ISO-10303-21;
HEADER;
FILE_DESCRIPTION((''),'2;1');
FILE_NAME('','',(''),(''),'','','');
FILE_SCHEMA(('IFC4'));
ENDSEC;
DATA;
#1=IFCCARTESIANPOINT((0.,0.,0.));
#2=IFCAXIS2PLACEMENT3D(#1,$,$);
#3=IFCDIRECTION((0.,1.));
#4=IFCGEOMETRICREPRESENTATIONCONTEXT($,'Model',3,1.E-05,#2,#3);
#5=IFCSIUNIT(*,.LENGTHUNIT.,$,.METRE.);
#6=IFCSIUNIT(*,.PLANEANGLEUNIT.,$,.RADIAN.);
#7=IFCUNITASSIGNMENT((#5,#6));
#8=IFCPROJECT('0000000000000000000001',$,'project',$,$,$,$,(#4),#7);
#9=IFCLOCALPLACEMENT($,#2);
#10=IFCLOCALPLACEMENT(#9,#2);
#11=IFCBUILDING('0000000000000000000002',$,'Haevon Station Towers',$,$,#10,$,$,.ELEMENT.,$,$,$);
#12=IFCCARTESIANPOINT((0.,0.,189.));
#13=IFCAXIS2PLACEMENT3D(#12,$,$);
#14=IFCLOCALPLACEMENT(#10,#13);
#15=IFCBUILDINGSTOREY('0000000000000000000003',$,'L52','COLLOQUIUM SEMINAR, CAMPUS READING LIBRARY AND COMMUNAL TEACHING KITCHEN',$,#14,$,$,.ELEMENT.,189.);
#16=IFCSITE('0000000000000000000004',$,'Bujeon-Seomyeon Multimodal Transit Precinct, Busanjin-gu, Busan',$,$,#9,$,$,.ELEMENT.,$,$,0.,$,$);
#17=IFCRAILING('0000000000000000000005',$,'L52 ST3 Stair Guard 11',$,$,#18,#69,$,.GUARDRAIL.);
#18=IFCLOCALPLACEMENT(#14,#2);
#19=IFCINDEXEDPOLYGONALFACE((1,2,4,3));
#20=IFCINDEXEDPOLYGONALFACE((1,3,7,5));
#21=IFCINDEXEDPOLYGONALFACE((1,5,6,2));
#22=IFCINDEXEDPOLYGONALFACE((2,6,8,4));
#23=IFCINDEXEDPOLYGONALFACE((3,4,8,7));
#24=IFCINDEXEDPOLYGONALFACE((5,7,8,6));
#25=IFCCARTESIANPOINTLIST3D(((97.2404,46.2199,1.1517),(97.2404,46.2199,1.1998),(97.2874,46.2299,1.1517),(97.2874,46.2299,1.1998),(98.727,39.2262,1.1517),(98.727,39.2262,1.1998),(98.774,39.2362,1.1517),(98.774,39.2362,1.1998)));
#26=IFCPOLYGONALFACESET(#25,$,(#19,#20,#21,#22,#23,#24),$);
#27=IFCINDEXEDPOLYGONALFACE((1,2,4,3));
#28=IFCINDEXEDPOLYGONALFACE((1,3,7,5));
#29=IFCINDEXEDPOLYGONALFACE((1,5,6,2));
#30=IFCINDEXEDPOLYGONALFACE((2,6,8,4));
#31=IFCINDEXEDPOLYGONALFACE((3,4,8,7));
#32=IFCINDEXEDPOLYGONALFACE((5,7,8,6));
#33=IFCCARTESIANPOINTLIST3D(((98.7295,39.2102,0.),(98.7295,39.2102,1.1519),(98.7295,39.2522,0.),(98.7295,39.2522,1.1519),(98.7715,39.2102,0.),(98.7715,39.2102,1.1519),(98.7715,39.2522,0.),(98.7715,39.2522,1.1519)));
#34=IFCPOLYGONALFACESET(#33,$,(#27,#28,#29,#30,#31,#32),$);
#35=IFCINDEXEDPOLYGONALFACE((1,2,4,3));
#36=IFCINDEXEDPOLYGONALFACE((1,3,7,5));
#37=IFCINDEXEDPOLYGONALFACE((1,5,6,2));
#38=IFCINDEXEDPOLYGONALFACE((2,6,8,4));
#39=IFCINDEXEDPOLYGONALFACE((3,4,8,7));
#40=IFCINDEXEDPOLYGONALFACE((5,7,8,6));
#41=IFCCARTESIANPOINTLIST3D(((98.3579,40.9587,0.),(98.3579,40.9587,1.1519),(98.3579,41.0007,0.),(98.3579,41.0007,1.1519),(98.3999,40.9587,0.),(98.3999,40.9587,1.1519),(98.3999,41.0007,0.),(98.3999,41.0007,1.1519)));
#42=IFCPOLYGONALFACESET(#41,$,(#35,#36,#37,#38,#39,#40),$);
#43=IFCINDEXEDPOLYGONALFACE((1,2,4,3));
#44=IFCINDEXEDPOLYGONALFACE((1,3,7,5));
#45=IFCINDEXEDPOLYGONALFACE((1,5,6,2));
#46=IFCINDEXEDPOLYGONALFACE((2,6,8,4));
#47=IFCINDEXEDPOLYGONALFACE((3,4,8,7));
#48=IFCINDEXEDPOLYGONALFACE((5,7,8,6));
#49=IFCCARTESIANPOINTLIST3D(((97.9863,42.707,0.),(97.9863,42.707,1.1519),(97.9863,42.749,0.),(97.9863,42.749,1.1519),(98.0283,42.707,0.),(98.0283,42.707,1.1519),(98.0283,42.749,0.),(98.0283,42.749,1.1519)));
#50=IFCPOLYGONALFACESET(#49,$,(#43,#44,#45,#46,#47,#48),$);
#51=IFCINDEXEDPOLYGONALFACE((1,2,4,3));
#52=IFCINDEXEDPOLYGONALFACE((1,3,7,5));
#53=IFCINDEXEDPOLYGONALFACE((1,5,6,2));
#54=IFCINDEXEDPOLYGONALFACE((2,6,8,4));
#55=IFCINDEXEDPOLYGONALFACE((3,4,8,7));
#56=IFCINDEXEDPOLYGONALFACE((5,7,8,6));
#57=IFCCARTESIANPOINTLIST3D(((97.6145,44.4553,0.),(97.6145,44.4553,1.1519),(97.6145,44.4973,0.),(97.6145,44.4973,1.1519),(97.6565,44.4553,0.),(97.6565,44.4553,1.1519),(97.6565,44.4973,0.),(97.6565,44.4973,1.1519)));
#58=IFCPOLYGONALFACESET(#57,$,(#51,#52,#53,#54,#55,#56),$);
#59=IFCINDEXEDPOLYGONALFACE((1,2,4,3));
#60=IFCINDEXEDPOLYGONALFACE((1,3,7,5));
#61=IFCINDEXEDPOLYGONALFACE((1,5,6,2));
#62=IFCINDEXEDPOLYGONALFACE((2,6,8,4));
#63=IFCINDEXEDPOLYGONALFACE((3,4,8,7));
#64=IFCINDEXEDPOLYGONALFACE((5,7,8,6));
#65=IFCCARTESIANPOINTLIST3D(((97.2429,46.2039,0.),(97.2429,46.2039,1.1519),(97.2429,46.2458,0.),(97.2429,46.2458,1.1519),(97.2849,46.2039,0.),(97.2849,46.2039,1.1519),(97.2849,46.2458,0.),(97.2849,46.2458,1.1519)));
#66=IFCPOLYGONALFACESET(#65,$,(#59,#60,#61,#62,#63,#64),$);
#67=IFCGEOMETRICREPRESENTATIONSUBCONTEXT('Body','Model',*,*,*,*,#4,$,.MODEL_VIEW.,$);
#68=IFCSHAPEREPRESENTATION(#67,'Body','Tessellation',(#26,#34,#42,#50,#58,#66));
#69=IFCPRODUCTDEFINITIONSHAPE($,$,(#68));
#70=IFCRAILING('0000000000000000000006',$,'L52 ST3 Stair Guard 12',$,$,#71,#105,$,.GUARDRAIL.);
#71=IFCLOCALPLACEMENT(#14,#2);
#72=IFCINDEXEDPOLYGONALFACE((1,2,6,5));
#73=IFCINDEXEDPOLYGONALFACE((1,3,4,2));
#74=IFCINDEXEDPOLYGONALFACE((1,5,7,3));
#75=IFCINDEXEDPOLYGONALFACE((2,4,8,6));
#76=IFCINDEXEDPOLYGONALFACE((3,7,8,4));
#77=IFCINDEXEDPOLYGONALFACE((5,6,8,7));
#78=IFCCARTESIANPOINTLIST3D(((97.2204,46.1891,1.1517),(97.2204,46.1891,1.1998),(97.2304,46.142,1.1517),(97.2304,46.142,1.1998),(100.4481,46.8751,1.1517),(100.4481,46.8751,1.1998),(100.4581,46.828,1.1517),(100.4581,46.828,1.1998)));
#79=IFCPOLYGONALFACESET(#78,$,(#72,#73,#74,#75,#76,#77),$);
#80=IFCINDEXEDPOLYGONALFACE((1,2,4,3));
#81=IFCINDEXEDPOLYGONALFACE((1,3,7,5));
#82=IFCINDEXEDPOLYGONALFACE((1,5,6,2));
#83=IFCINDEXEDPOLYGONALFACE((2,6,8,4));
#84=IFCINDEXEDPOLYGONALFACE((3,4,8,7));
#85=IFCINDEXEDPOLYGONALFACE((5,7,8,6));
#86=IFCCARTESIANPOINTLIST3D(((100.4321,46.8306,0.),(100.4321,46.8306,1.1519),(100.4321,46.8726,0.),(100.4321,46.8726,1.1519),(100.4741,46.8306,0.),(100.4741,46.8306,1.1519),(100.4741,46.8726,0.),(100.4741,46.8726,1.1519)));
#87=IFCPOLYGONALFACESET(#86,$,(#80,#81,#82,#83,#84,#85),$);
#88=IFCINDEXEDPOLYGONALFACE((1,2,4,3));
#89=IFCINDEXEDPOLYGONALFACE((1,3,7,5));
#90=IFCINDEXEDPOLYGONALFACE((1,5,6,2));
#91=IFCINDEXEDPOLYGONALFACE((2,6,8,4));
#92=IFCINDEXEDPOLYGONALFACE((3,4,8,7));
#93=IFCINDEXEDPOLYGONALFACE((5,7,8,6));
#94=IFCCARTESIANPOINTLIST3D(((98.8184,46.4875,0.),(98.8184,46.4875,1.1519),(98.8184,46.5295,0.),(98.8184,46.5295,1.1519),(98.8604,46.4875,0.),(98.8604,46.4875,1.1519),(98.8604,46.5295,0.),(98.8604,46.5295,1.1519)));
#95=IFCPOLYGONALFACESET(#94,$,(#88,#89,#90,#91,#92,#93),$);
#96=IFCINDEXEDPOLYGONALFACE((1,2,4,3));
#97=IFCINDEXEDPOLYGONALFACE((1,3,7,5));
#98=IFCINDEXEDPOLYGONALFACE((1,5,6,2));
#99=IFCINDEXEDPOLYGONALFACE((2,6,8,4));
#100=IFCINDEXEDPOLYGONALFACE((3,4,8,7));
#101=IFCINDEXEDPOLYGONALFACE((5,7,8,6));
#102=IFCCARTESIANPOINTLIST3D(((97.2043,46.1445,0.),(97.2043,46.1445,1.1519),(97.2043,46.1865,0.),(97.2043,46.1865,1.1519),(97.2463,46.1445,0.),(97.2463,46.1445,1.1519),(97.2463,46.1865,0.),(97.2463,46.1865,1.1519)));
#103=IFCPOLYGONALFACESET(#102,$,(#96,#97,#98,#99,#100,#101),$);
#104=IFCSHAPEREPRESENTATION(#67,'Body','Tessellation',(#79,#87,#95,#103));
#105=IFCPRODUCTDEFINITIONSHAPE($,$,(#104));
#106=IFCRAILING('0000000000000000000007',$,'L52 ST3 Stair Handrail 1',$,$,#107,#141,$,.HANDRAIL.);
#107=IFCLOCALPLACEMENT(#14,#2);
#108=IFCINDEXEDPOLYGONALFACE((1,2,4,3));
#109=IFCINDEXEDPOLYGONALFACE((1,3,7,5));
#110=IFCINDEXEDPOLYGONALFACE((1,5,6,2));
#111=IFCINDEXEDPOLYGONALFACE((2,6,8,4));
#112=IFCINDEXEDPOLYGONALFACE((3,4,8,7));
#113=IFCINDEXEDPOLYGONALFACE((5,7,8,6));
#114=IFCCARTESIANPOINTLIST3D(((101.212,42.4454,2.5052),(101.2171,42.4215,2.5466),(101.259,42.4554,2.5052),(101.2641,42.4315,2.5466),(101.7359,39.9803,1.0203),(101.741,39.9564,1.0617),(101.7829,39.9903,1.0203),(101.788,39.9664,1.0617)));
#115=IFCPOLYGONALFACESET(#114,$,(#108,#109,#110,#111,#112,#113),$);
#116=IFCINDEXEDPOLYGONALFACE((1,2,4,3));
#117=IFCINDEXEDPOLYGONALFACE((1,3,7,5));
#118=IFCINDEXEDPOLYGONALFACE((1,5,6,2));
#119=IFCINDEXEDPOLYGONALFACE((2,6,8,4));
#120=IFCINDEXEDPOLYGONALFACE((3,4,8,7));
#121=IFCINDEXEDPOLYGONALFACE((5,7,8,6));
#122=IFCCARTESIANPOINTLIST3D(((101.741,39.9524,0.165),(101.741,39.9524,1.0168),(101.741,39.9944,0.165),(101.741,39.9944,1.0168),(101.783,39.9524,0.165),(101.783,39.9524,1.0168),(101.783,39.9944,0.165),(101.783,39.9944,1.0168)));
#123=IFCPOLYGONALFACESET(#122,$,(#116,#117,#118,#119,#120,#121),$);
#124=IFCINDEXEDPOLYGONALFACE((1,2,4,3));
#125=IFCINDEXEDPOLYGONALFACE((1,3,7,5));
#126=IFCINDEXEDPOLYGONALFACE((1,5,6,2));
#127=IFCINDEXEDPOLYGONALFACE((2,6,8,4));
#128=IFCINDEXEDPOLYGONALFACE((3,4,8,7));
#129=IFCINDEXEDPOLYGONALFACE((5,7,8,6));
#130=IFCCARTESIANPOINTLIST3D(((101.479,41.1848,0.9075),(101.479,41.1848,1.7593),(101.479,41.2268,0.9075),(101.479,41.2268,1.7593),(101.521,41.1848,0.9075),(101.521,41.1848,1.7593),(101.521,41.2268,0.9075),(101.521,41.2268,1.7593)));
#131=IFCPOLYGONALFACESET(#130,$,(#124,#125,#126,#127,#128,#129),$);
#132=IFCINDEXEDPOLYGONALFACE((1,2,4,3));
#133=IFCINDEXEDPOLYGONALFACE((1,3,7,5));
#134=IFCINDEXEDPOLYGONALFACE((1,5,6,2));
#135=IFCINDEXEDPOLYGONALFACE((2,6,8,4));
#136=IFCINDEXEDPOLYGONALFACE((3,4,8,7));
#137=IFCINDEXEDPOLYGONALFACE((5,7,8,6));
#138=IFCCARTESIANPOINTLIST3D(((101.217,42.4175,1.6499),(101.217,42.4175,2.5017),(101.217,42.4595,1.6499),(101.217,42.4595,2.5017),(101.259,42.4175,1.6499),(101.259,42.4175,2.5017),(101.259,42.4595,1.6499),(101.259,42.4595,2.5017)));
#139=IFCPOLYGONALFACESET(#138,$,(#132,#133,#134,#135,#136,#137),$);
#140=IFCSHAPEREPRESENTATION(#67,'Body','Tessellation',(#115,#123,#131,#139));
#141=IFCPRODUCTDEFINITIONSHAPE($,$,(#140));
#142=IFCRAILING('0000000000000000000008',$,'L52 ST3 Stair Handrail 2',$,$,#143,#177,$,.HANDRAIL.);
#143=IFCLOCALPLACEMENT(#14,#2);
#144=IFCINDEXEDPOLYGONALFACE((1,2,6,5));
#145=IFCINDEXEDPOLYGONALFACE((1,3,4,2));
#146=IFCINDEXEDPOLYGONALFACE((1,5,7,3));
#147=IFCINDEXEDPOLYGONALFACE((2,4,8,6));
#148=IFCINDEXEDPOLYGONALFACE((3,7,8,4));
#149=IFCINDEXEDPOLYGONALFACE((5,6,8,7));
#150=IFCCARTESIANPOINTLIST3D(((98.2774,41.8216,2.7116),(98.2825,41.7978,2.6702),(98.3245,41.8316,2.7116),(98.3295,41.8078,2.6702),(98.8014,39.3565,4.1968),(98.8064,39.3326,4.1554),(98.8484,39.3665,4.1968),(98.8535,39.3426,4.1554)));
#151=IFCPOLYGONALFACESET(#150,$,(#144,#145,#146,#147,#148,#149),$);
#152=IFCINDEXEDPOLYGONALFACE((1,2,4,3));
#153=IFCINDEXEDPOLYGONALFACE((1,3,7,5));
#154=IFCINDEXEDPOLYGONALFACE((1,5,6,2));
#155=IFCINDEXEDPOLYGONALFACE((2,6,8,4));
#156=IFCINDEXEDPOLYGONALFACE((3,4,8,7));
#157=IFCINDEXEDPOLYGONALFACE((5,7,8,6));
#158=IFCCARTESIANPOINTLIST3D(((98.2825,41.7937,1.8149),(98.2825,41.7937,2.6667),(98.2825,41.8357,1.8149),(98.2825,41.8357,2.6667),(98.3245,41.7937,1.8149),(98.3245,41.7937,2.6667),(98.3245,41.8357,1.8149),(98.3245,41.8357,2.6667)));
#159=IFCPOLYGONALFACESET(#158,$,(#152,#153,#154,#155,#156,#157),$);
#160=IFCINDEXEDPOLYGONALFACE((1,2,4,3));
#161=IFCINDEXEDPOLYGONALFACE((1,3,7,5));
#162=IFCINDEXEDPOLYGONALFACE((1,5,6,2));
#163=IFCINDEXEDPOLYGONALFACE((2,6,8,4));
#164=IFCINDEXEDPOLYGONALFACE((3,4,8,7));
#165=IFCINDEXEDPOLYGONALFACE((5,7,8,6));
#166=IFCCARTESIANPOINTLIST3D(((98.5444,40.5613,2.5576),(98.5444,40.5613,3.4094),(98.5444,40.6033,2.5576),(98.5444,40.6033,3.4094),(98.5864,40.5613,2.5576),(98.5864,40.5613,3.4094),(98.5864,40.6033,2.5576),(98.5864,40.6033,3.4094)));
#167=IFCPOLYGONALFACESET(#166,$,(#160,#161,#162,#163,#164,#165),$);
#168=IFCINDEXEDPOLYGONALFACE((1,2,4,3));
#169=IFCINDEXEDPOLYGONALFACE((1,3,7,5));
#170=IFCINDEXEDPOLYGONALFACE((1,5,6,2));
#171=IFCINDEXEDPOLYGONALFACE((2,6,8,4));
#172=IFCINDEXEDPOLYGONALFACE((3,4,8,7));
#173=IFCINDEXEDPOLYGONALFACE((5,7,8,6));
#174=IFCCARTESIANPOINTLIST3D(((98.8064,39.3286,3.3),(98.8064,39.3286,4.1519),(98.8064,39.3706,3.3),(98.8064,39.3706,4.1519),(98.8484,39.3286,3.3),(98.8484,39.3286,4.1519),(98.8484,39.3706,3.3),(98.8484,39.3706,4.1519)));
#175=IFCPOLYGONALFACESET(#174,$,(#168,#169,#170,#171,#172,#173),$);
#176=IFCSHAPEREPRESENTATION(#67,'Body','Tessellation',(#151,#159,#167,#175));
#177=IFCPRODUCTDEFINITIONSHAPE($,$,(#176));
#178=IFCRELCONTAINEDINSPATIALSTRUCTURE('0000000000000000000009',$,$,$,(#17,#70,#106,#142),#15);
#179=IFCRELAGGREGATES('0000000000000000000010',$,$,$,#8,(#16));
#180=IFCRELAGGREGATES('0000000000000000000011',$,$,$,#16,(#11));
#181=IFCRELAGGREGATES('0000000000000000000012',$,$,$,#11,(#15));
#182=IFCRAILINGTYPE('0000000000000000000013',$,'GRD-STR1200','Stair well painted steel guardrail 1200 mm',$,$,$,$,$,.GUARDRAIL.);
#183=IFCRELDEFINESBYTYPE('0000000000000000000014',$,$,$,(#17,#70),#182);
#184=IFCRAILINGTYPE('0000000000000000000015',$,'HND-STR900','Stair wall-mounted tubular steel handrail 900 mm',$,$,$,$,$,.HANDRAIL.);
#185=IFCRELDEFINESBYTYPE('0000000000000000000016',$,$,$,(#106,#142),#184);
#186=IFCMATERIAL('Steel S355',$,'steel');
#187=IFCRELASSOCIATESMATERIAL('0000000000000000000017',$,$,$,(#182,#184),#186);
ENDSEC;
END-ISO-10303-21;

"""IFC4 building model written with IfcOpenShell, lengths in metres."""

from ifc_helpers import new_model, si_unit, direction, frame, origin, origin_2d, place, context, subcontext, project, spatial, rectangle, extrude, material, type_object, element, save


model = new_model("IFC4")

# Units and contexts
model_context = context("Model", 3, precision=1e-05, world=origin(), true_north=direction((0.0, 1.0)))
body_context = subcontext(model_context, "Body", "Model", "MODEL_VIEW")
ifc_project = project(units=[si_unit("LENGTHUNIT", "METRE"), si_unit("PLANEANGLEUNIT", "RADIAN")], contexts=[model_context])

# Site, building, storey
site_placement = place(None, origin())
site = spatial("IfcSite", under=ifc_project, at=site_placement, Name="Bujeon-Seomyeon Multimodal Transit Precinct, Busanjin-gu, Busan", CompositionType="ELEMENT", RefElevation=0.0)
building_placement = place(site_placement, origin())
building = spatial("IfcBuilding", under=site, at=building_placement, Name="Haevon Station Towers", CompositionType="ELEMENT")
storey_placement = place(building_placement, frame((0.0, 0.0, 189.0)))
storey = spatial("IfcBuildingStorey", under=building, at=storey_placement, Name="L52", Description="COLLOQUIUM SEMINAR, CAMPUS READING LIBRARY AND COMMUNAL TEACHING KITCHEN", CompositionType="ELEMENT", Elevation=189.0)

# Shared definitions
ifc_material_1 = material(Name="Steel S355", Category="steel")

# Railings
railing_type_1 = type_object("IfcRailingType", Name="GRD-STR1200", Description="Stair well painted steel guardrail 1200 mm", PredefinedType="GUARDRAIL", material=ifc_material_1)
railing_1_placement = place(storey_placement, frame((98.7505, 39.2312, 0.0)))
element("IfcRailing", 1, at=railing_1_placement, inside=storey, type_object=railing_type_1, Name="L52 ST3 Stair Guard 11", PredefinedType="GUARDRAIL", context=body_context, shape_type="SweptSolid", body=[
    extrude(rectangle(XDim=0.0481, YDim=0.0481, at=origin_2d()), frame((0.0, 0.0, 1.1758), z_axis=(-0.207915, 0.978147, 0.0), x_axis=(-0.978147, -0.207915, 0.0)), (0.0, 0.0, 1.0), 7.1499),
    extrude(rectangle(XDim=0.042, YDim=0.042, at=origin_2d()), origin(), (0.0, 0.0, 1.0), 1.1519),
    extrude(rectangle(XDim=0.042, YDim=0.042, at=origin_2d()), frame((-0.3716, 1.7485, 0.0)), (0.0, 0.0, 1.0), 1.1519),
    extrude(rectangle(XDim=0.042, YDim=0.042, at=origin_2d()), frame((-0.7432, 3.4968, 0.0)), (0.0, 0.0, 1.0), 1.1519),
    extrude(rectangle(XDim=0.042, YDim=0.042, at=origin_2d()), frame((-1.115, 5.2451, 0.0)), (0.0, 0.0, 1.0), 1.1519),
    extrude(rectangle(XDim=0.042, YDim=0.042, at=origin_2d()), frame((-1.4866, 6.9937, 0.0)), (0.0, 0.0, 1.0), 1.1519),
])
railing_2_placement = place(storey_placement, frame((100.4531, 46.8516, 0.0)))
element("IfcRailing", 2, at=railing_2_placement, inside=storey, type_object=railing_type_1, Name="L52 ST3 Stair Guard 12", PredefinedType="GUARDRAIL", context=body_context, shape_type="SweptSolid", body=[
    extrude(rectangle(XDim=0.0481, YDim=0.0481, at=origin_2d()), frame((0.0, 0.0, 1.1758), z_axis=(-0.978151, -0.207897, 0.0), x_axis=(0.207897, -0.978151, 0.0)), (0.0, 0.0, 1.0), 3.2998),
    extrude(rectangle(XDim=0.042, YDim=0.042, at=origin_2d()), origin(), (0.0, 0.0, 1.0), 1.1519),
    extrude(rectangle(XDim=0.042, YDim=0.042, at=origin_2d()), frame((-1.6138, -0.343, 0.0)), (0.0, 0.0, 1.0), 1.1519),
    extrude(rectangle(XDim=0.042, YDim=0.042, at=origin_2d()), frame((-3.2278, -0.686, 0.0)), (0.0, 0.0, 1.0), 1.1519),
])
railing_type_2 = type_object("IfcRailingType", Name="HND-STR900", Description="Stair wall-mounted tubular steel handrail 900 mm", PredefinedType="HANDRAIL", material=ifc_material_1)
railing_3_placement = place(storey_placement, frame((101.762, 39.9734, 0.165)))
element("IfcRailing", 3, at=railing_3_placement, inside=storey, type_object=railing_type_2, Name="L52 ST3 Stair Handrail 1", PredefinedType="HANDRAIL", context=body_context, shape_type="SweptSolid", body=[
    extrude(rectangle(XDim=0.0481, YDim=0.0481, at=origin_2d()), frame((0.0, 0.0, 0.876), z_axis=(-0.179116, 0.842748, 0.507635), x_axis=(-0.978151, -0.207895, 0.0)), (0.0, 0.0, 1.0), 2.925),
    extrude(rectangle(XDim=0.042, YDim=0.042, at=origin_2d()), origin(), (0.0, 0.0, 1.0), 0.8518),
    extrude(rectangle(XDim=0.042, YDim=0.042, at=origin_2d()), frame((-0.262, 1.2324, 0.7424)), (0.0, 0.0, 1.0), 0.8518),
    extrude(rectangle(XDim=0.042, YDim=0.042, at=origin_2d()), frame((-0.5239, 2.4651, 1.4849)), (0.0, 0.0, 1.0), 0.8518),
])
railing_4_placement = place(storey_placement, frame((98.3035, 41.8147, 1.8149)))
element("IfcRailing", 4, at=railing_4_placement, inside=storey, type_object=railing_type_2, Name="L52 ST3 Stair Handrail 2", PredefinedType="HANDRAIL", context=body_context, shape_type="SweptSolid", body=[
    extrude(rectangle(XDim=0.0481, YDim=0.0481, at=origin_2d()), frame((0.0, 0.0, 0.876), z_axis=(0.179109, -0.842712, 0.507697), x_axis=(0.978151, 0.207895, 0.0)), (0.0, 0.0, 1.0), 2.9253),
    extrude(rectangle(XDim=0.042, YDim=0.042, at=origin_2d()), origin(), (0.0, 0.0, 1.0), 0.8518),
    extrude(rectangle(XDim=0.042, YDim=0.042, at=origin_2d()), frame((0.262, -1.2324, 0.7427)), (0.0, 0.0, 1.0), 0.8518),
    extrude(rectangle(XDim=0.042, YDim=0.042, at=origin_2d()), frame((0.5239, -2.4651, 1.4851)), (0.0, 0.0, 1.0), 0.8518),
])

save(model, "model.ifc")
